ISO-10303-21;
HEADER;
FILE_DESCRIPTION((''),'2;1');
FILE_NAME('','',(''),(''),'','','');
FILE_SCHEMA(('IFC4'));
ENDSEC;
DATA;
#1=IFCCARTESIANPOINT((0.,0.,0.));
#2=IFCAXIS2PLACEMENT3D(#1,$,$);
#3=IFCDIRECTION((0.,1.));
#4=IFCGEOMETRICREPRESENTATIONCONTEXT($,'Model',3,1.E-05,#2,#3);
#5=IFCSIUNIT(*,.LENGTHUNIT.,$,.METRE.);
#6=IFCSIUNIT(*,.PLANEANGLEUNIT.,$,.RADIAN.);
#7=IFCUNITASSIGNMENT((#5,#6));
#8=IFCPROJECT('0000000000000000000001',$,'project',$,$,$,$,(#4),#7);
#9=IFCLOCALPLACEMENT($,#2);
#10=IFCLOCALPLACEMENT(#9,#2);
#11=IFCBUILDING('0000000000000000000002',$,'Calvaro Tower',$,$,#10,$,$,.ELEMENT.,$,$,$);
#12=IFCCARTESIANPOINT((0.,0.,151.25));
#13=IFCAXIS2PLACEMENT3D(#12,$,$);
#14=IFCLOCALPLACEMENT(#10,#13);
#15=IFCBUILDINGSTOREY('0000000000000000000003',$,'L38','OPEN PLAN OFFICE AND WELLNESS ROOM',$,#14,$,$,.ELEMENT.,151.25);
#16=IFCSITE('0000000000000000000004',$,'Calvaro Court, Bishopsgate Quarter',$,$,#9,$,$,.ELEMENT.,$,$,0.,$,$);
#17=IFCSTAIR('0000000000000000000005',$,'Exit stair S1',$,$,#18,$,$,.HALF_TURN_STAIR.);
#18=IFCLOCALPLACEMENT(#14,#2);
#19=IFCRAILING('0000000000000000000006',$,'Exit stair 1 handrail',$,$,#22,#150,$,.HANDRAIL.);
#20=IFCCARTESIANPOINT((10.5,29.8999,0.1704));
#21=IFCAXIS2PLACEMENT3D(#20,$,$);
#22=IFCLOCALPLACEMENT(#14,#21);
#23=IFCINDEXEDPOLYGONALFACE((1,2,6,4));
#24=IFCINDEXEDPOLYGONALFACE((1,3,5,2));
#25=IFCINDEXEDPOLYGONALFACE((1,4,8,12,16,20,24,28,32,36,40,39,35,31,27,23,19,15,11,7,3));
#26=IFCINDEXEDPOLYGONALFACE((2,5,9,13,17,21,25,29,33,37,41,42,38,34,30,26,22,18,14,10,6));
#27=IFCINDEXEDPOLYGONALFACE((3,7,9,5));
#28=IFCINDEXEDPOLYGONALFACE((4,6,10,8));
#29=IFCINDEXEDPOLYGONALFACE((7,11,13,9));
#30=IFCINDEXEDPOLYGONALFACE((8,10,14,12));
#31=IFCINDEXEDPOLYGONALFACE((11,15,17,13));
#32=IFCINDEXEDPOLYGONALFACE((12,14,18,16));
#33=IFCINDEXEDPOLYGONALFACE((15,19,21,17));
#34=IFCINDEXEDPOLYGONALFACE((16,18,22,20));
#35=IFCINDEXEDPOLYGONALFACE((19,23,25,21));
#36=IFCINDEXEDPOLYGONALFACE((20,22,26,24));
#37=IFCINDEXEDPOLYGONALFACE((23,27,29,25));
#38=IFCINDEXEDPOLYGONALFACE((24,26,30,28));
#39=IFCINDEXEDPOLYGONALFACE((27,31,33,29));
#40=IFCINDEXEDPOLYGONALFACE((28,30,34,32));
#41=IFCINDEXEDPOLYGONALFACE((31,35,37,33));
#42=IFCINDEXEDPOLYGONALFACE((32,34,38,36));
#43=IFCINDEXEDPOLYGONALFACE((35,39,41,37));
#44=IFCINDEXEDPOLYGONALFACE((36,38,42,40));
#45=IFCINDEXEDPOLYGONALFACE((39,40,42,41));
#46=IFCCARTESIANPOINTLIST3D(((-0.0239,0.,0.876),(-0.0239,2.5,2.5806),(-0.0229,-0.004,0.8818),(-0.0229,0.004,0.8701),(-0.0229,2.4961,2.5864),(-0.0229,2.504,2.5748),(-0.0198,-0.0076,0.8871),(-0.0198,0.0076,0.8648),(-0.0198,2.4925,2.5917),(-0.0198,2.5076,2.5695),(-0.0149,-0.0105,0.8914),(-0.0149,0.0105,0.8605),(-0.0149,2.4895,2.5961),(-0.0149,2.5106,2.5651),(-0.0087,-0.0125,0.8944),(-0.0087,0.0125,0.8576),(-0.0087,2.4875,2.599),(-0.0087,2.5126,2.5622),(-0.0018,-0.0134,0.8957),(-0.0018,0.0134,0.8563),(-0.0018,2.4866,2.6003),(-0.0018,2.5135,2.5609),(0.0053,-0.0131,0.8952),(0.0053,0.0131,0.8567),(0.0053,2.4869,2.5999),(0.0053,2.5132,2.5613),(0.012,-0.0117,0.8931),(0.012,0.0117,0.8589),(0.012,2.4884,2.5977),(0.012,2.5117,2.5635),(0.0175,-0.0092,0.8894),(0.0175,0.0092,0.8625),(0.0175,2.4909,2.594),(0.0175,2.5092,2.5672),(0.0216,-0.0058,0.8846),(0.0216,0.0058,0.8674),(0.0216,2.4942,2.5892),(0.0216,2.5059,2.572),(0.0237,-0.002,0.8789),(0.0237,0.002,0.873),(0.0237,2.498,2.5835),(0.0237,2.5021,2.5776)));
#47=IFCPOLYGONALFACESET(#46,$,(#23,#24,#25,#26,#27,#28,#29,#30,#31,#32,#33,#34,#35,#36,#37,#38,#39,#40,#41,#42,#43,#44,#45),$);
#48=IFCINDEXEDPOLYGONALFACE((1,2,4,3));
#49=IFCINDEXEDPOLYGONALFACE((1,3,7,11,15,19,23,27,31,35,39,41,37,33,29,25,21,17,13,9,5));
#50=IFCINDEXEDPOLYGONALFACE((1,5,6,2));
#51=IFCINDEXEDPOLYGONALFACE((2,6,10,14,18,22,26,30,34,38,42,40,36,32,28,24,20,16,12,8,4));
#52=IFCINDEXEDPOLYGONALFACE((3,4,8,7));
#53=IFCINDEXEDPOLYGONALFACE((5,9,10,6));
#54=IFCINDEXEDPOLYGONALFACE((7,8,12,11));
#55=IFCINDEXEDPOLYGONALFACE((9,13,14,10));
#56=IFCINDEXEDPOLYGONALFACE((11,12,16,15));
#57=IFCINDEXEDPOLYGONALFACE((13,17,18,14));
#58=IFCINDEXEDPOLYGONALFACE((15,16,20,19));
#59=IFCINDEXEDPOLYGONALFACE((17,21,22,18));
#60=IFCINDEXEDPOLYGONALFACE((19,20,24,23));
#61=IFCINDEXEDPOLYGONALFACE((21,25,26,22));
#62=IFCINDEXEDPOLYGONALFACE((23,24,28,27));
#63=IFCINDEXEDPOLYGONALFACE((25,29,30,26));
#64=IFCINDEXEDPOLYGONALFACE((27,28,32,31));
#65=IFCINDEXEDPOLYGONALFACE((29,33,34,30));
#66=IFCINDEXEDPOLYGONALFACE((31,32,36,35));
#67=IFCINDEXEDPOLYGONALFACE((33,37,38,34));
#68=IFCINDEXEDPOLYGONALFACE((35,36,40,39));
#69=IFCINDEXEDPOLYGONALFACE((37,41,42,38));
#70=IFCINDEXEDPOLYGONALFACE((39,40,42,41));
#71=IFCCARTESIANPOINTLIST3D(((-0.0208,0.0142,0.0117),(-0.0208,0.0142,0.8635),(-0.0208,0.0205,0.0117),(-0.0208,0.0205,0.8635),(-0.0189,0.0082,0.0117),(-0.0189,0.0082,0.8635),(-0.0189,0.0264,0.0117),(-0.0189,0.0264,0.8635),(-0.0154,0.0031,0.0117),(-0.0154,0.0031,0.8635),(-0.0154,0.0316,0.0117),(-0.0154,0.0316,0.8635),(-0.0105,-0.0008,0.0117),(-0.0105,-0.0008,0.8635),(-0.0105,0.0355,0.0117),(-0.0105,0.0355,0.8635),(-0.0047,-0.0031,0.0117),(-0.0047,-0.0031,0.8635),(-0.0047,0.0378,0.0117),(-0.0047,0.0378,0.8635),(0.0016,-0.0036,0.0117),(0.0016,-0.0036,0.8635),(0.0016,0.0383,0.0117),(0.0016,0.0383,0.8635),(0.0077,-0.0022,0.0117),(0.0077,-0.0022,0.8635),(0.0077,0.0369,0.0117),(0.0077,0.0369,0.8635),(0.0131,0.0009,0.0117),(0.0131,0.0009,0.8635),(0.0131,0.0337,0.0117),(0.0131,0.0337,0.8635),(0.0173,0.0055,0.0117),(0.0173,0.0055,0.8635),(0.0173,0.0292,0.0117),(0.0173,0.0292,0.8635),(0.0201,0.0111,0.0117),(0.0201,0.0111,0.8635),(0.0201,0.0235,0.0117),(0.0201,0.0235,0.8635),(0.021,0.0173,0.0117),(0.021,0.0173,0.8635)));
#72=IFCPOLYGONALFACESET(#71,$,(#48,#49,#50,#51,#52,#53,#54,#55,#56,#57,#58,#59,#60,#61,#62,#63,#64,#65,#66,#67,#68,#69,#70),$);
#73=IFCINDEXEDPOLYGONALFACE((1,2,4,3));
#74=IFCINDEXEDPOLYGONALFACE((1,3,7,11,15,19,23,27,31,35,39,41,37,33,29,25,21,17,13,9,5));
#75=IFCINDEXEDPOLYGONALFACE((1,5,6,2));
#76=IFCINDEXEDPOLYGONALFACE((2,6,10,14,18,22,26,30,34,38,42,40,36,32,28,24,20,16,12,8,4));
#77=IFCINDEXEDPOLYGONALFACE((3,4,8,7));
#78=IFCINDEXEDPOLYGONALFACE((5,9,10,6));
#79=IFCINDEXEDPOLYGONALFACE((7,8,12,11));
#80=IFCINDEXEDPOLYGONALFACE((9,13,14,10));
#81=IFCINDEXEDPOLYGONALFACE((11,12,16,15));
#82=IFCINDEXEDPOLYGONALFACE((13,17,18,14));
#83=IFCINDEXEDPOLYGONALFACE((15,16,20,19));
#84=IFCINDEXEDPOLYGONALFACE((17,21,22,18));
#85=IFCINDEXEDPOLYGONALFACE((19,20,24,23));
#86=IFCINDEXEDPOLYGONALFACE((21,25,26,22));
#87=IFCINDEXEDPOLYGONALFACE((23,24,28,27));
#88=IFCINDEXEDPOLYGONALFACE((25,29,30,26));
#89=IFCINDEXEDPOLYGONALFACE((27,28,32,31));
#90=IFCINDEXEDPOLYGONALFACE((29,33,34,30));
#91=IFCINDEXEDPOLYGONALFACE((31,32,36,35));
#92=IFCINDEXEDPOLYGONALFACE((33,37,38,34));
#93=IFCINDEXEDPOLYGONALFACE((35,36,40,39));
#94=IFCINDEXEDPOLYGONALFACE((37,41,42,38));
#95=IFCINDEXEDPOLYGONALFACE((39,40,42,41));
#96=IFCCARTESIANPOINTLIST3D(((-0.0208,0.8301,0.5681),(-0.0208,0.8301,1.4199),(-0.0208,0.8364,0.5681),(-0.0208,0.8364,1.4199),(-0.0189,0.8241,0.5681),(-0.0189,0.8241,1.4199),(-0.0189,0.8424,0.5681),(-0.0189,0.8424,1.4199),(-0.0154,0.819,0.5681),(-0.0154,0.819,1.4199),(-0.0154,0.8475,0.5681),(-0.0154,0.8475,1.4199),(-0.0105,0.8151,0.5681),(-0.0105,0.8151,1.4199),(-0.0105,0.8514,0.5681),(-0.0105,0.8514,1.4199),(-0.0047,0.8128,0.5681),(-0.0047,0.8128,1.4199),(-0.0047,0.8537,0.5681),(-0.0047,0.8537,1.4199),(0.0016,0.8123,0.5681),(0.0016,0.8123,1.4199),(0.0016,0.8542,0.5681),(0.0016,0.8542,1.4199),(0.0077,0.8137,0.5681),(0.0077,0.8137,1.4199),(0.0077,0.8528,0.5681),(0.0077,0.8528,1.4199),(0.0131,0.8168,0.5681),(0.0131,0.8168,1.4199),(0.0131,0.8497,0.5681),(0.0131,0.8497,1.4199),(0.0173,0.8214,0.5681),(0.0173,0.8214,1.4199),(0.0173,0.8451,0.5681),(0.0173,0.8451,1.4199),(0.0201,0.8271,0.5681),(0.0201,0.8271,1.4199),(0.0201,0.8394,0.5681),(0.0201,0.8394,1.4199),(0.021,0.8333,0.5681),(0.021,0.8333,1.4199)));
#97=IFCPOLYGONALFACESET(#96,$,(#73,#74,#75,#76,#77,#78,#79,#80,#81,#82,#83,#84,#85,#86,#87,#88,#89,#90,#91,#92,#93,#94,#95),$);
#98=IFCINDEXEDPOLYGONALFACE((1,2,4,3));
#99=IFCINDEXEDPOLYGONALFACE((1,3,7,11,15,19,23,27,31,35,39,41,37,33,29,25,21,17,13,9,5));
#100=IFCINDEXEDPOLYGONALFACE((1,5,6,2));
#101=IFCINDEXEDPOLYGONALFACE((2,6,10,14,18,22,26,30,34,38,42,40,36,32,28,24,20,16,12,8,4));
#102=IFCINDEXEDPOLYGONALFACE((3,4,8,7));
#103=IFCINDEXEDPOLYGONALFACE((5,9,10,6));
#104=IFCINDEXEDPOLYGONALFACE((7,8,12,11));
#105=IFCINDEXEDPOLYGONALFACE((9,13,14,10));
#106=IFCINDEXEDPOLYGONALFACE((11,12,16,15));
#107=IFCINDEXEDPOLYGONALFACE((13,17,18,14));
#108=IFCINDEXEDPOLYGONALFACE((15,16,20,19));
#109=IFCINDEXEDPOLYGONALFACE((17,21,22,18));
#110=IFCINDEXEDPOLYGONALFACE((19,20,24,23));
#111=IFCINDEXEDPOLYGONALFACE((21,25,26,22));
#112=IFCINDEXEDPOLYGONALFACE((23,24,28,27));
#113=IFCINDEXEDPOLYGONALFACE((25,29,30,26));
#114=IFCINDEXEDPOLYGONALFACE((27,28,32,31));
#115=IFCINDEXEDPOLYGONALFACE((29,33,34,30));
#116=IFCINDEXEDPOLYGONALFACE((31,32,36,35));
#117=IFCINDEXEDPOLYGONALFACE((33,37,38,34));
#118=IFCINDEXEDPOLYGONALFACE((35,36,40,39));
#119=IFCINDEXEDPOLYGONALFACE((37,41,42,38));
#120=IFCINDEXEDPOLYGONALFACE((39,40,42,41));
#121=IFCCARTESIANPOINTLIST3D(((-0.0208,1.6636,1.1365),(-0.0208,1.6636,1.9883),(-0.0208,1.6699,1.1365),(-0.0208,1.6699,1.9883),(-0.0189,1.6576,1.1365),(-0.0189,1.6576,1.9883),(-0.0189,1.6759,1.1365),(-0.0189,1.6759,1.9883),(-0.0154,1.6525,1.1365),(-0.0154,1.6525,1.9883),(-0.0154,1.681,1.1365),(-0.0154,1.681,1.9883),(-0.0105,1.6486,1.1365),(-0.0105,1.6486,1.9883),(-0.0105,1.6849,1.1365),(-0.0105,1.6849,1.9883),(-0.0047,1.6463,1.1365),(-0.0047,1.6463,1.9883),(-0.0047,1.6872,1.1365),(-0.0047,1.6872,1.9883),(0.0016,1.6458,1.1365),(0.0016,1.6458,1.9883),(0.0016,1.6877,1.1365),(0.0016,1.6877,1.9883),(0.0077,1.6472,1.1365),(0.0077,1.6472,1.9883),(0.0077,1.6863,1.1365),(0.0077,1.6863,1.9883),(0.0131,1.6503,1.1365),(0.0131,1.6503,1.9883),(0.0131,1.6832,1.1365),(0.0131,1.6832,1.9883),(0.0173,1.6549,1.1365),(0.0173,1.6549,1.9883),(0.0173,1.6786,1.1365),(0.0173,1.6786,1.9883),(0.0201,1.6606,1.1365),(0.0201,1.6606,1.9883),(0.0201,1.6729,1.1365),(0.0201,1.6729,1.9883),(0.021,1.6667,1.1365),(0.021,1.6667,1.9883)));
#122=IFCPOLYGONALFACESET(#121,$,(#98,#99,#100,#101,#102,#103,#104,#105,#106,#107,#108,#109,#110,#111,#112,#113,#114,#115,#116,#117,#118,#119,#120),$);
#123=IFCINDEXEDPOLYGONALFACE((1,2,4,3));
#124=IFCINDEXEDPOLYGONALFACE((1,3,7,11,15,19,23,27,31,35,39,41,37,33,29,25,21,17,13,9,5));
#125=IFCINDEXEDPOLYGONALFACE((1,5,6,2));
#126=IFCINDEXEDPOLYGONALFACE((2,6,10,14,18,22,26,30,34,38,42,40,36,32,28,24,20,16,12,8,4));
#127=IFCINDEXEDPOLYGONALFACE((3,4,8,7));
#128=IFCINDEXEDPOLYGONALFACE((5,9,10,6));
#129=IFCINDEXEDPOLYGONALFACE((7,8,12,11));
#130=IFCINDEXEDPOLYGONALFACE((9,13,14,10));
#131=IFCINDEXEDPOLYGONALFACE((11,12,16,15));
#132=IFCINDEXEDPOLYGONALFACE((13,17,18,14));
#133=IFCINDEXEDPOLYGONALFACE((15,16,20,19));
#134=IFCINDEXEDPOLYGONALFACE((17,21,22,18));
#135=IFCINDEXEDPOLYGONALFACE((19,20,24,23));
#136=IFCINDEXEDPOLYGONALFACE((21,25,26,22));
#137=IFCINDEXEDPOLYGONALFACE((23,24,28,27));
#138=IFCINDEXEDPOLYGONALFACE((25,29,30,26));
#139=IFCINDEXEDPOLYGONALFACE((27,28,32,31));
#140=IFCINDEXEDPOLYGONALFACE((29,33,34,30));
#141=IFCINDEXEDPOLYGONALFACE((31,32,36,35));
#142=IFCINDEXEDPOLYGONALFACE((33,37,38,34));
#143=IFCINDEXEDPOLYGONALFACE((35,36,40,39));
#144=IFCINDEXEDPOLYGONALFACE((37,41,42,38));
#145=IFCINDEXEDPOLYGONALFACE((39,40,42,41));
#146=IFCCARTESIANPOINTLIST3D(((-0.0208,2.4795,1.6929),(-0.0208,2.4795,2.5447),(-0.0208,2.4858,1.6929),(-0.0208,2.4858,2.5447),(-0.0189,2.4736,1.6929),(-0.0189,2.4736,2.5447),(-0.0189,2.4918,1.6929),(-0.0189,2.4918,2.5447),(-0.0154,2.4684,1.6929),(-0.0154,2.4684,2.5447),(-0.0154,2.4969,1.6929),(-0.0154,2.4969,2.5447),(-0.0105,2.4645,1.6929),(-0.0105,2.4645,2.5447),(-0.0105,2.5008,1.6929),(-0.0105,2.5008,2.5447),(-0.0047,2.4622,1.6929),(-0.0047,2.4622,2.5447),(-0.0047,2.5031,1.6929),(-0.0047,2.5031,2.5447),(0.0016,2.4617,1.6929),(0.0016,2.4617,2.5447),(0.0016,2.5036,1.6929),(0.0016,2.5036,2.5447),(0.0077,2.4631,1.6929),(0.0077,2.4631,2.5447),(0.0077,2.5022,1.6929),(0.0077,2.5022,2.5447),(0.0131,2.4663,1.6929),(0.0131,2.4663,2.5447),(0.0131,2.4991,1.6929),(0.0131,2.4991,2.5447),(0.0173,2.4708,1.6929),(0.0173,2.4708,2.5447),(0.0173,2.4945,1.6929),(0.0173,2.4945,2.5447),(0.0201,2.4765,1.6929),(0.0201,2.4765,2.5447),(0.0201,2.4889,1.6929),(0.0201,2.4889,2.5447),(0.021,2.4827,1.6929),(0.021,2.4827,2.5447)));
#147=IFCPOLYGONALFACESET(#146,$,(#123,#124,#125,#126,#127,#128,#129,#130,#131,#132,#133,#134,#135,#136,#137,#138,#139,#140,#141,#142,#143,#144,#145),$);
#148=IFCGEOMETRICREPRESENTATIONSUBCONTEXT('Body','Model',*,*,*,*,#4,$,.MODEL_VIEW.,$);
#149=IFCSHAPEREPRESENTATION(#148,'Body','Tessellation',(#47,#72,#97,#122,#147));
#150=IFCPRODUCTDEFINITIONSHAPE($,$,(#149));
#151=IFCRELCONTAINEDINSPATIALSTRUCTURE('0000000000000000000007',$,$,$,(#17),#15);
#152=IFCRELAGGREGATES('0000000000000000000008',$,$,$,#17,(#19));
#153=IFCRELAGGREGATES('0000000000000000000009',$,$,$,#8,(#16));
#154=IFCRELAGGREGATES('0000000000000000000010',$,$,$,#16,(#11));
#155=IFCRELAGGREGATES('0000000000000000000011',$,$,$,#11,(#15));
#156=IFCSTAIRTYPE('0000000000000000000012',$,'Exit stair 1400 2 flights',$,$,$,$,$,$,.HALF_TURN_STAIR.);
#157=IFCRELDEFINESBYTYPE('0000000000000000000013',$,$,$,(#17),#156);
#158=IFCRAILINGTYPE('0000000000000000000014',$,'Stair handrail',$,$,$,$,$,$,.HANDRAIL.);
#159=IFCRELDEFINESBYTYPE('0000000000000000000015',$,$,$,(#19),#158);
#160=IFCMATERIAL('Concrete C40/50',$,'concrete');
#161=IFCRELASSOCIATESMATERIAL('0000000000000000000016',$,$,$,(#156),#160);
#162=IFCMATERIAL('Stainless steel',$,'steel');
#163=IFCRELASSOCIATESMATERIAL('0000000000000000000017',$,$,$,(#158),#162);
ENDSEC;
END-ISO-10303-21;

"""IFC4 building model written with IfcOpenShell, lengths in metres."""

from ifc_helpers import new_model, si_unit, direction, frame, origin, origin_2d, place, context, subcontext, project, spatial, circle, extrude, material, type_object, element, aggregate, save


model = new_model("IFC4")

# Units and contexts
model_context = context("Model", 3, precision=1e-05, world=origin(), true_north=direction((0.0, 1.0)))
body_context = subcontext(model_context, "Body", "Model", "MODEL_VIEW")
ifc_project = project(units=[si_unit("LENGTHUNIT", "METRE"), si_unit("PLANEANGLEUNIT", "RADIAN")], contexts=[model_context])

# Site, building, storey
site_placement = place(None, origin())
site = spatial("IfcSite", under=ifc_project, at=site_placement, Name="Calvaro Court, Bishopsgate Quarter", CompositionType="ELEMENT", RefElevation=0.0)
building_placement = place(site_placement, origin())
building = spatial("IfcBuilding", under=site, at=building_placement, Name="Calvaro Tower", CompositionType="ELEMENT")
storey_placement = place(building_placement, frame((0.0, 0.0, 151.25)))
storey = spatial("IfcBuildingStorey", under=building, at=storey_placement, Name="L38", Description="OPEN PLAN OFFICE AND WELLNESS ROOM", CompositionType="ELEMENT", Elevation=151.25)

# Stair, railing
ifc_material_1 = material(Name="Concrete C40/50", Category="concrete")
stair_type = type_object("IfcStairType", Name="Exit stair 1400 2 flights", PredefinedType="HALF_TURN_STAIR", material=ifc_material_1)
stair_placement = place(storey_placement, origin())
stair = element("IfcStair", 1, at=stair_placement, inside=storey, type_object=stair_type, Name="Exit stair S1", PredefinedType="HALF_TURN_STAIR")
ifc_material_2 = material(Name="Stainless steel", Category="steel")
railing_type = type_object("IfcRailingType", Name="Stair handrail", PredefinedType="HANDRAIL", material=ifc_material_2)
railing_placement = place(storey_placement, frame((10.5, 29.8999, 0.1704)))
railing = element("IfcRailing", 2, at=railing_placement, type_object=railing_type, Name="Exit stair 1 handrail", PredefinedType="HANDRAIL", context=body_context, shape_type="SweptSolid", body=[
    extrude(circle(Radius=0.0239, at=origin_2d()), frame((0.0, 0.0, 0.876), z_axis=(0.0, 0.826221, 0.563347), x_axis=(-1.0, 0.0, 0.0)), (0.0, 0.0, 1.0), 3.0259),
    extrude(circle(Radius=0.021, at=origin_2d()), frame((0.0, 0.0173, 0.0117)), (0.0, 0.0, 1.0), 0.8518),
    extrude(circle(Radius=0.021, at=origin_2d()), frame((0.0, 0.8333, 0.5681)), (0.0, 0.0, 1.0), 0.8518),
    extrude(circle(Radius=0.021, at=origin_2d()), frame((0.0, 1.6667, 1.1365)), (0.0, 0.0, 1.0), 0.8518),
    extrude(circle(Radius=0.021, at=origin_2d()), frame((0.0, 2.4827, 1.6929)), (0.0, 0.0, 1.0), 0.8518),
])
aggregate(stair, [railing])

save(model, "model.ifc")
